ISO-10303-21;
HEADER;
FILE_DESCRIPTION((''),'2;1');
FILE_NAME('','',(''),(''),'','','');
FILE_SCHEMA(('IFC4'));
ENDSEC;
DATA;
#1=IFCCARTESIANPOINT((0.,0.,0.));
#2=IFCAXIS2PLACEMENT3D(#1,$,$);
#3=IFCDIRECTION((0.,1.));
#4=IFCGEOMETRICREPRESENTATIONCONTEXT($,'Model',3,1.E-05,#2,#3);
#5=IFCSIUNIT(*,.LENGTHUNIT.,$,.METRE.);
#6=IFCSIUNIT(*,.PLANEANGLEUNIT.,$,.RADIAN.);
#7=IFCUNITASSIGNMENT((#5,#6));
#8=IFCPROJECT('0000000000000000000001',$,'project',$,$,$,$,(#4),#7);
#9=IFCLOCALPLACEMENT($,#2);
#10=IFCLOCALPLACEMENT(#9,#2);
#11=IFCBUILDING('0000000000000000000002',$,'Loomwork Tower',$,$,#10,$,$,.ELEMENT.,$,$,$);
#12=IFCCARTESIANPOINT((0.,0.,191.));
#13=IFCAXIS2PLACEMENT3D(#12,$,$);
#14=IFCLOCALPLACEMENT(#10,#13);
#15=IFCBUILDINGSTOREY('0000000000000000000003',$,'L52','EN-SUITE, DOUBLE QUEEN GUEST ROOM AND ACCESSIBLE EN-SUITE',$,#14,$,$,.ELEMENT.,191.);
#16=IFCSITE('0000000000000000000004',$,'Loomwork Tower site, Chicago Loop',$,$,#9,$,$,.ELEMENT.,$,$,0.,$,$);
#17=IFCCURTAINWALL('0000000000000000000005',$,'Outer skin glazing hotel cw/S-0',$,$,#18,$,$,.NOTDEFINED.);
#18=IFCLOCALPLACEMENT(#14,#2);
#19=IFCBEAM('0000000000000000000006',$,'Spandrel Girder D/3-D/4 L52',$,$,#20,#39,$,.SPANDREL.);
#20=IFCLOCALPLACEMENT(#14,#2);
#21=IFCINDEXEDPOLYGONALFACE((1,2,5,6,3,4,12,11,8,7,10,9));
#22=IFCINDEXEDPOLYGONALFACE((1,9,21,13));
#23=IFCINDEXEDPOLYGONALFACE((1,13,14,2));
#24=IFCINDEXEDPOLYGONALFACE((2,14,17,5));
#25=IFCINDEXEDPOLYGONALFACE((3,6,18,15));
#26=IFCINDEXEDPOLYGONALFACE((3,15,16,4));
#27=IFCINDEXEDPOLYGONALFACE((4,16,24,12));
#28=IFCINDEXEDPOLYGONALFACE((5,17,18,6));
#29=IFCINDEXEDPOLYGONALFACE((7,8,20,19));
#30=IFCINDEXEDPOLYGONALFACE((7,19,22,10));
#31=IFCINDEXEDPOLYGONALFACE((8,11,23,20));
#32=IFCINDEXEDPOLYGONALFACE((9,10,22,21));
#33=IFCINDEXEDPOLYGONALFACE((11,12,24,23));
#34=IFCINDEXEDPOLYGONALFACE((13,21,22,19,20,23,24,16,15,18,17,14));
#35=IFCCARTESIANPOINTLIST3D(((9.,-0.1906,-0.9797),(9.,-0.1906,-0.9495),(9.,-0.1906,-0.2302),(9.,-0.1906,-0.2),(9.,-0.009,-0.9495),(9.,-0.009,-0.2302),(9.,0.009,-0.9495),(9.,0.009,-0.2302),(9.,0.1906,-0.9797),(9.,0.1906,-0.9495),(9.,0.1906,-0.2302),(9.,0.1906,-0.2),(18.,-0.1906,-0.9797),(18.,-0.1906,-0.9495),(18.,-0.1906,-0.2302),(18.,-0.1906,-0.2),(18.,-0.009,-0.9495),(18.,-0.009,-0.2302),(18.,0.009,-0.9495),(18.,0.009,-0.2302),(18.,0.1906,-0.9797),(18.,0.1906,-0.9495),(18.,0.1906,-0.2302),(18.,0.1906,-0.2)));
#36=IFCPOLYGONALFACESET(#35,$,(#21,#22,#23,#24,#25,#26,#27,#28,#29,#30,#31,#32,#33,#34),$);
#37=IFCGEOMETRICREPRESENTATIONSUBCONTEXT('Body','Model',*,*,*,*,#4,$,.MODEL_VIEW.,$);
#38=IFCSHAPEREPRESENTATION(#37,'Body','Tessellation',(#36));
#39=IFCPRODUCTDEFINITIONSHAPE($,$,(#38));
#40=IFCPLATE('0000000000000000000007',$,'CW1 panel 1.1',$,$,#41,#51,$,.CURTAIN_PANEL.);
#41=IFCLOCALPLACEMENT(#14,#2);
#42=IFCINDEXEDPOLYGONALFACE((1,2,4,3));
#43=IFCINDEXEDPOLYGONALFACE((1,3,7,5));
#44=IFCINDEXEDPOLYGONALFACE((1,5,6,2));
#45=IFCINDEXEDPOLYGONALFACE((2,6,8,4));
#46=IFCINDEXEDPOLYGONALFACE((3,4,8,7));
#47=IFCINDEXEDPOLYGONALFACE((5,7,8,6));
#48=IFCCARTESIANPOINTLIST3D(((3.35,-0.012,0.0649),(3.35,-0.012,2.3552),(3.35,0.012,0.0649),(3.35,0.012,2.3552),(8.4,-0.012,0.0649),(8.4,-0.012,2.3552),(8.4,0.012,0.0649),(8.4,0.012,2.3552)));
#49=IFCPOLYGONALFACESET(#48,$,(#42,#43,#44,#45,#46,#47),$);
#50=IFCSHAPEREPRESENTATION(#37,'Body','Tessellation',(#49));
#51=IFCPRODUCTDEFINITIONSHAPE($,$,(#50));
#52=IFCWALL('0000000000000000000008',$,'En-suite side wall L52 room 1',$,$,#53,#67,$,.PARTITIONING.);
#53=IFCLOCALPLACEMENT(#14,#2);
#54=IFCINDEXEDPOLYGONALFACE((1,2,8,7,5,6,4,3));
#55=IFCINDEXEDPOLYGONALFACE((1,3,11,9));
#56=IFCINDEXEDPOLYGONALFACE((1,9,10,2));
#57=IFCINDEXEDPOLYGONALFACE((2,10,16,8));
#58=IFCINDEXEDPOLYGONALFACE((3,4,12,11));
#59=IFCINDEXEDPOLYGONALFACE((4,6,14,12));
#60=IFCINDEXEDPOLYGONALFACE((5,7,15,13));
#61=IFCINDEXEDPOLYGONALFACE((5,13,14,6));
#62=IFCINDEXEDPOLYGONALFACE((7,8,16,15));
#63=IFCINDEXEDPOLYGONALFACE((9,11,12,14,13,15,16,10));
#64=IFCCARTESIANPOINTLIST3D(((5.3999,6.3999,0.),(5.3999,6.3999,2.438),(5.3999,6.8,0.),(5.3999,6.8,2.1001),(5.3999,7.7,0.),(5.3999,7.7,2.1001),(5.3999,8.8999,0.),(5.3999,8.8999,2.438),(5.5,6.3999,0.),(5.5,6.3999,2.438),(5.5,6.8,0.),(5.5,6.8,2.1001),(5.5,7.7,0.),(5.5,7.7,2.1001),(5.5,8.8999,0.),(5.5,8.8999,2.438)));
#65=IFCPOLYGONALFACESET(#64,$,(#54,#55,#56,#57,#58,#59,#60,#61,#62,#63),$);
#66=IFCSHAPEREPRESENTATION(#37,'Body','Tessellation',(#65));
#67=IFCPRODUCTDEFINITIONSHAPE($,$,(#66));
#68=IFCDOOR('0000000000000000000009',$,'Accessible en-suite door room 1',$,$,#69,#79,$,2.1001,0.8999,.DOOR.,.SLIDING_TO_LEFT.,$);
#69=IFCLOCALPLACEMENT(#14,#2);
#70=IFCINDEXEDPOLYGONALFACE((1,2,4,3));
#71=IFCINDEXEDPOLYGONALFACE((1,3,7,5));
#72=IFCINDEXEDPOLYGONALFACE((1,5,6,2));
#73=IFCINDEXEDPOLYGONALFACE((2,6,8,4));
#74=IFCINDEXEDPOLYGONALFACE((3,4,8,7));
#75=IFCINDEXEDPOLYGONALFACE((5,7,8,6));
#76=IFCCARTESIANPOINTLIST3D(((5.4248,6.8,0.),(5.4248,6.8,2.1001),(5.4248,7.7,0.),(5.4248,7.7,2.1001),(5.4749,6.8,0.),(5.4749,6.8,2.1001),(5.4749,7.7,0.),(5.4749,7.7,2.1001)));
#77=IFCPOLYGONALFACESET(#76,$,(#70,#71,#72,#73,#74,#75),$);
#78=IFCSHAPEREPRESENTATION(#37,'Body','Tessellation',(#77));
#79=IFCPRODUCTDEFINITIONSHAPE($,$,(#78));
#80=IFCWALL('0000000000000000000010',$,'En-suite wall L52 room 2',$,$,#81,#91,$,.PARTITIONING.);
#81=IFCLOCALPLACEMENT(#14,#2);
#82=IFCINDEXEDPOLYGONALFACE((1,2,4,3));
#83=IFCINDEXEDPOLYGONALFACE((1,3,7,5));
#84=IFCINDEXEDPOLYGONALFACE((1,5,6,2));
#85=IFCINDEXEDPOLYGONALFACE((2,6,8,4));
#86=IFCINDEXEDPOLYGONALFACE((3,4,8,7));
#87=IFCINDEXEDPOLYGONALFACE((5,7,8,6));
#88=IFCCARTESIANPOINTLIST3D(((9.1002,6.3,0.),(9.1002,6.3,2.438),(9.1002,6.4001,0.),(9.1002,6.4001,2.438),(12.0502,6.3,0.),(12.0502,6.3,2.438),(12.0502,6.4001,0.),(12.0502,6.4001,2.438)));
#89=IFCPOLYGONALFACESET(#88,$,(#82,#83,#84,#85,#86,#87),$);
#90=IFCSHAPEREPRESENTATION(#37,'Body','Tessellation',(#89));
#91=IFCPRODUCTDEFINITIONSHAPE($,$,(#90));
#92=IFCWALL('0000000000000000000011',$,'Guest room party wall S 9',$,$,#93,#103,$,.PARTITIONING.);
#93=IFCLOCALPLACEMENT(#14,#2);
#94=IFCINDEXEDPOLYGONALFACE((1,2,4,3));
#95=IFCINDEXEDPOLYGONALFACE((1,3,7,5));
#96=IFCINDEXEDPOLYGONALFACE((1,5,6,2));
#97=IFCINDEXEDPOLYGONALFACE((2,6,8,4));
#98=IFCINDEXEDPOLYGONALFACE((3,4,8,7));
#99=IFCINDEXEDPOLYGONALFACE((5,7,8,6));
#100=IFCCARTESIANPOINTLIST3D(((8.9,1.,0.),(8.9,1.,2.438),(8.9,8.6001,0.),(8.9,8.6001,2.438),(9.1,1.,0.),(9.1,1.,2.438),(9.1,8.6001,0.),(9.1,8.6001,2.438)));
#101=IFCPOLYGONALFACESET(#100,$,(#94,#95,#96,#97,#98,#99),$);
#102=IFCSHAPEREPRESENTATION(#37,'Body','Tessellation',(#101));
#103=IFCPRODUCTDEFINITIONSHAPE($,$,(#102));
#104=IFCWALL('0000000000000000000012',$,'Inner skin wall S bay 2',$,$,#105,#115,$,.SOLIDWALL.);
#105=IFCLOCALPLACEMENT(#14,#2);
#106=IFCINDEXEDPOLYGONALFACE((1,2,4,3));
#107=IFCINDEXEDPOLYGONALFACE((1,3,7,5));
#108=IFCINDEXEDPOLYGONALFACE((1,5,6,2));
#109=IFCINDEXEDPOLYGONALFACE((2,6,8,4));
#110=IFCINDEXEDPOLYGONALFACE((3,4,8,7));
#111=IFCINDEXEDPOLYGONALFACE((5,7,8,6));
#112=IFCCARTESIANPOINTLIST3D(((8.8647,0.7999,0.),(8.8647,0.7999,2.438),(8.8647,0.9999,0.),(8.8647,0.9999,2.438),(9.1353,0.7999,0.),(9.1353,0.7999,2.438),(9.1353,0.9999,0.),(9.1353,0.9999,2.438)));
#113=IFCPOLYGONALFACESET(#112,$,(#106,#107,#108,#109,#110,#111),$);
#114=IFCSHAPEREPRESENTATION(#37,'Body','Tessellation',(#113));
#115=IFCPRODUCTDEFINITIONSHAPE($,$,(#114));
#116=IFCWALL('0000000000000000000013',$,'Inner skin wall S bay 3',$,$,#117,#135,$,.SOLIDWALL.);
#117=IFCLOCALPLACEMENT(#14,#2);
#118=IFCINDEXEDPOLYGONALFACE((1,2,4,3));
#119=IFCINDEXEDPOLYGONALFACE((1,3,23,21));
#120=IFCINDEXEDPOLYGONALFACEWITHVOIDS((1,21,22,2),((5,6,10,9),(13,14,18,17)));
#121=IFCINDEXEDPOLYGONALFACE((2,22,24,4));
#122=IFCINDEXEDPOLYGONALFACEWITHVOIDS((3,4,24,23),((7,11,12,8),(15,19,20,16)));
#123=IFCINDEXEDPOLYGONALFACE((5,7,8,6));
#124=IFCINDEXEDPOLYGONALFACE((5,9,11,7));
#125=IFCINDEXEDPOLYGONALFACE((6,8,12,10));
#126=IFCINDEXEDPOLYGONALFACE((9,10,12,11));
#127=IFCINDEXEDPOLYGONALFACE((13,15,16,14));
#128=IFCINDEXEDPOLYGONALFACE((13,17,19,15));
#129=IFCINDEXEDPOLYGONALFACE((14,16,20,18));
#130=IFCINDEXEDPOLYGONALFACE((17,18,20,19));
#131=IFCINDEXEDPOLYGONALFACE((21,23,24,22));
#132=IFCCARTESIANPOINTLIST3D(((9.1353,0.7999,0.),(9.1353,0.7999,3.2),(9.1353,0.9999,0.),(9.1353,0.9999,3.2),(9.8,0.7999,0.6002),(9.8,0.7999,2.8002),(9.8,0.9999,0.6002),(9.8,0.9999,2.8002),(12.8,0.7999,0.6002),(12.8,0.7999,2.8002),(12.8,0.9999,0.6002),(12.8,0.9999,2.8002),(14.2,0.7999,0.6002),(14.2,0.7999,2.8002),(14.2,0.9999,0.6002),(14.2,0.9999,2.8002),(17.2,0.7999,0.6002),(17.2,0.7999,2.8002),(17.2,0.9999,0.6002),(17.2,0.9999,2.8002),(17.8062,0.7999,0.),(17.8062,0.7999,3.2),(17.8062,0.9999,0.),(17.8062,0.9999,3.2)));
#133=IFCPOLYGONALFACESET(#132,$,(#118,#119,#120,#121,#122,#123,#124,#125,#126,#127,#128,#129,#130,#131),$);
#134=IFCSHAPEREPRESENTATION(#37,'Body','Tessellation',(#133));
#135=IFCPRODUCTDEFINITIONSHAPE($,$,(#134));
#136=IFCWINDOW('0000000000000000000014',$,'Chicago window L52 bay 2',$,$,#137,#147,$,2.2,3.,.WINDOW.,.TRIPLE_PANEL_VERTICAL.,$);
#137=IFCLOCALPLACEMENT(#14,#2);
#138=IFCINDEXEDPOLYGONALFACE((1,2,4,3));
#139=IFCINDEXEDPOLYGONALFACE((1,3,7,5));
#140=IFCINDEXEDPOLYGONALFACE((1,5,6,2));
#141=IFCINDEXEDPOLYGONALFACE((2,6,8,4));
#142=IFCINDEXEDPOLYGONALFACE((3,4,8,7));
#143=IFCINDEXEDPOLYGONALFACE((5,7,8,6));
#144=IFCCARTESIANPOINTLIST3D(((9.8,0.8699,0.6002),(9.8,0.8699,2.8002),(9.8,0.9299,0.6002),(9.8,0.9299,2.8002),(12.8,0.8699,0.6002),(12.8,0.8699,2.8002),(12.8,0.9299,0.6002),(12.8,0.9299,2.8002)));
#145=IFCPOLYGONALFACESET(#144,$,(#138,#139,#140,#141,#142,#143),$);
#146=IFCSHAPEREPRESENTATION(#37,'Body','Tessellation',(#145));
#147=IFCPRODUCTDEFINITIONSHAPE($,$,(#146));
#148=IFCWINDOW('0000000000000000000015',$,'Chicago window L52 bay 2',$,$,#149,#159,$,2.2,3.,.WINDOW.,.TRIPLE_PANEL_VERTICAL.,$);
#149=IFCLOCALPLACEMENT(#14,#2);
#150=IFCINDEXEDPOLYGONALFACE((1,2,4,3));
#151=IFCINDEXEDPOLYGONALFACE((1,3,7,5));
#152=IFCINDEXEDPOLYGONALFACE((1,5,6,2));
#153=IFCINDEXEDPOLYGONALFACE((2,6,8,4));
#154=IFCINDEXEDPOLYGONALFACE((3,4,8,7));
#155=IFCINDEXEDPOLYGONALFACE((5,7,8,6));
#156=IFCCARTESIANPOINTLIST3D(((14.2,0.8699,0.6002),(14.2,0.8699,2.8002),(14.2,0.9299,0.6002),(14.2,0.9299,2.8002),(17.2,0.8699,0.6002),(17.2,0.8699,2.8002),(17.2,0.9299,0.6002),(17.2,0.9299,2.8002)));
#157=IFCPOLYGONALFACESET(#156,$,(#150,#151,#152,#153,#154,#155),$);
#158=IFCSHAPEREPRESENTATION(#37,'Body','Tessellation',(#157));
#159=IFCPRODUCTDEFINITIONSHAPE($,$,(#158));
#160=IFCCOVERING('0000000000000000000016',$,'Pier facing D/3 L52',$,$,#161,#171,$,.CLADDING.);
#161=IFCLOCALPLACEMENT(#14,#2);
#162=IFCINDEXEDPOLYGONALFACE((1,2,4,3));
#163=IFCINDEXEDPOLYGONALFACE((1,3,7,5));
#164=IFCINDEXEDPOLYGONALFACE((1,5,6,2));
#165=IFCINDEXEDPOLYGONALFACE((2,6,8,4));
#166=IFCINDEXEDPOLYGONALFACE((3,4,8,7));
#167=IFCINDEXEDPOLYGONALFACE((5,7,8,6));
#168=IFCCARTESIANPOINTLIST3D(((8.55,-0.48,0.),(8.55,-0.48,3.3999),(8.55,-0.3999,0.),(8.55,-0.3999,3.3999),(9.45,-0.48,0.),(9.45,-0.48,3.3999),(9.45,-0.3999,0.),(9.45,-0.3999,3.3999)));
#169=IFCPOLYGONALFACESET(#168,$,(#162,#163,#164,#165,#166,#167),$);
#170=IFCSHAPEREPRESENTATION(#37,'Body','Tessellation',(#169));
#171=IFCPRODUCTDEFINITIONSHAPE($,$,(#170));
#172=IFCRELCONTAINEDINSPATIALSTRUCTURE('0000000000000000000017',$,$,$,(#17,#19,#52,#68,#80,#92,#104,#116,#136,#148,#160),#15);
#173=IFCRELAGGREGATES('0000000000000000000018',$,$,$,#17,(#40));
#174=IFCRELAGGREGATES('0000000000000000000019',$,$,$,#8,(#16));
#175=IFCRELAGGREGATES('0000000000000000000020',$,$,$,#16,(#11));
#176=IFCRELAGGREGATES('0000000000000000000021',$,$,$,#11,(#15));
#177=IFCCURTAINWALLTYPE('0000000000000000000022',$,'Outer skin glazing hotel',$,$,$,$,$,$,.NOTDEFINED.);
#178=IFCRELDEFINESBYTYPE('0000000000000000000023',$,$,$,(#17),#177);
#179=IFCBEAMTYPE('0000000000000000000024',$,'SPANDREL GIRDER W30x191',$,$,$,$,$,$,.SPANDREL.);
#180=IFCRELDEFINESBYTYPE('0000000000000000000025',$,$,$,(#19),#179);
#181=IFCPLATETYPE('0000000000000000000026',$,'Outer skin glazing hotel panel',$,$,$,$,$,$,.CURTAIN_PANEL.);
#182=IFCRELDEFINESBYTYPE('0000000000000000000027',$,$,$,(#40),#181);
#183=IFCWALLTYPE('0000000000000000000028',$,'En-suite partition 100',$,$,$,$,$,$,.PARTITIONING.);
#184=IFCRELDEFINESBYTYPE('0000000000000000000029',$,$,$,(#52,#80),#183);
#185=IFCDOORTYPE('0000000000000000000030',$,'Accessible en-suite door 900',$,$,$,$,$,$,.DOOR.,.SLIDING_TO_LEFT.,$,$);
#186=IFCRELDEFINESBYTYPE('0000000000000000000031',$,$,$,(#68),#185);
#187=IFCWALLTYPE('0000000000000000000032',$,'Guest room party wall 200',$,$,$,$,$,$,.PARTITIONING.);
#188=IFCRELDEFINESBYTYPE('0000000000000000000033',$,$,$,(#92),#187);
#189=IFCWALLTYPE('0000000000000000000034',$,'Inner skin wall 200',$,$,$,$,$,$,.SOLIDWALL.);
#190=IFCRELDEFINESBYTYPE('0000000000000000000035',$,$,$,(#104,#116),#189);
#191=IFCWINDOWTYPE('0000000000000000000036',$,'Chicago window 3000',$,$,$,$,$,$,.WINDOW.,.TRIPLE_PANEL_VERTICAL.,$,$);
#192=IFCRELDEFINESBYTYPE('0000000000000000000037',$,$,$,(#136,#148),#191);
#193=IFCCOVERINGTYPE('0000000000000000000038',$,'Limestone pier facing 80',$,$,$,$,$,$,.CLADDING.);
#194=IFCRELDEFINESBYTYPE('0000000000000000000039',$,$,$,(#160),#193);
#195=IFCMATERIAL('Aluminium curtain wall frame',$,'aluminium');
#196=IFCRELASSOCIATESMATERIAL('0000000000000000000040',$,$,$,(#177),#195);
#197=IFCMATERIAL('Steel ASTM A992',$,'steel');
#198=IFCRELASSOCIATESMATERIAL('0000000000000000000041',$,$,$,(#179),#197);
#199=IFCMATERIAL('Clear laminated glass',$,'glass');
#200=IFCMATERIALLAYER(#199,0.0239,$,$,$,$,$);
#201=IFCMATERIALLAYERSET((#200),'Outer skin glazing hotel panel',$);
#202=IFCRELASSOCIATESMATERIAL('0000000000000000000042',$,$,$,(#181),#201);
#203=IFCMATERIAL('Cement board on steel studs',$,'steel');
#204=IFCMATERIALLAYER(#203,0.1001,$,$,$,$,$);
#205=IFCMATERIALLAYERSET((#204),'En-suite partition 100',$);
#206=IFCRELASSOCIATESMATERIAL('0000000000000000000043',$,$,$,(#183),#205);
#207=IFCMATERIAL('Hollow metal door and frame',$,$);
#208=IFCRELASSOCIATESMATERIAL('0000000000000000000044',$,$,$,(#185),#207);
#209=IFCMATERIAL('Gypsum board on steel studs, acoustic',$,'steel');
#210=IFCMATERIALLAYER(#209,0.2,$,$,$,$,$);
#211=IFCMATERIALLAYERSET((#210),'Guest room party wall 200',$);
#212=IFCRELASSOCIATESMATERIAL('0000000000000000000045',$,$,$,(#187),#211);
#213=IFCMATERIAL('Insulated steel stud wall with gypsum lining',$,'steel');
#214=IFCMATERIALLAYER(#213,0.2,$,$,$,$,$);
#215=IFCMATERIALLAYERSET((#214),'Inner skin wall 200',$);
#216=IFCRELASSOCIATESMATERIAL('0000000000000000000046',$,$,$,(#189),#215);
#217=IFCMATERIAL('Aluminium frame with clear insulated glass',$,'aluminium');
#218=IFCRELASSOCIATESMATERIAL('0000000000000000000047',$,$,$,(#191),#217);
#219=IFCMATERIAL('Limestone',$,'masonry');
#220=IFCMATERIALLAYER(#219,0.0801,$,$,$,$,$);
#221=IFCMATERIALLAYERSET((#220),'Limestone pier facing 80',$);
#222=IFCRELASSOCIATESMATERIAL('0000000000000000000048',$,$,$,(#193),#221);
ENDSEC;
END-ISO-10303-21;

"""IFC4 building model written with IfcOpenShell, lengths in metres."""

from ifc_helpers import new_model, si_unit, direction, frame, frame_2d, origin, origin_2d, place, context, subcontext, project, spatial, rectangle, i_section, extrude, material, layer, layer_set, material_profile, profile_set, type_object, element, fill, aggregate, save


model = new_model("IFC4")

# Units and contexts
model_context = context("Model", 3, precision=1e-05, world=origin(), true_north=direction((0.0, 1.0)))
body_context = subcontext(model_context, "Body", "Model", "MODEL_VIEW")
ifc_project = project(units=[si_unit("LENGTHUNIT", "METRE"), si_unit("PLANEANGLEUNIT", "RADIAN")], contexts=[model_context])

# Site, building, storey
site_placement = place(None, origin())
site = spatial("IfcSite", under=ifc_project, at=site_placement, Name="Loomwork Tower site, Chicago Loop", CompositionType="ELEMENT", RefElevation=0.0)
building_placement = place(site_placement, origin())
building = spatial("IfcBuilding", under=site, at=building_placement, Name="Loomwork Tower", CompositionType="ELEMENT")
storey_placement = place(building_placement, frame((0.0, 0.0, 191.0)))
storey = spatial("IfcBuildingStorey", under=building, at=storey_placement, Name="L52", Description="EN-SUITE, DOUBLE QUEEN GUEST ROOM AND ACCESSIBLE EN-SUITE", CompositionType="ELEMENT", Elevation=191.0)

# Curtain wall
ifc_material_1 = material(Name="Aluminium curtain wall frame", Category="aluminium")
curtain_wall_type = type_object("IfcCurtainWallType", Name="Outer skin glazing hotel", PredefinedType="NOTDEFINED", material=ifc_material_1)
curtain_wall_1_placement = place(storey_placement, origin())
curtain_wall_1 = element("IfcCurtainWall", 1, at=curtain_wall_1_placement, inside=storey, type_object=curtain_wall_type, Name="Outer skin glazing hotel cw/S-0", PredefinedType="NOTDEFINED")

# Beam
ifc_material_2 = material(Name="Steel ASTM A992", Category="steel")
ifc_material_profile_1 = material_profile(ifc_material_2, i_section(OverallWidth=0.3811, OverallDepth=0.7798, WebThickness=0.0181, FlangeThickness=0.0303, at=origin_2d()), Name="W30x191")
ifc_profile_set_1 = profile_set([ifc_material_profile_1], Name="Steel ASTM A992")
beam_type_1 = type_object("IfcBeamType", Name="SPANDREL GIRDER W30x191", PredefinedType="SPANDREL", material=ifc_profile_set_1)
beam_1_placement = place(storey_placement, frame((9.0, 0.0, -0.5898), z_axis=(1.0, 0.0, 0.0), x_axis=(0.0, 1.0, 0.0)))
element("IfcBeam", 2, at=beam_1_placement, inside=storey, type_object=beam_type_1, Name="Spandrel Girder D/3-D/4 L52", PredefinedType="SPANDREL", context=body_context, shape_type="SweptSolid", body=[
    extrude(i_section(OverallWidth=0.3811, OverallDepth=0.7798, WebThickness=0.0181, FlangeThickness=0.0303, at=origin_2d()), origin(), (0.0, 0.0, 1.0), 9.0),
])

# Plate
ifc_material_3 = material(Name="Clear laminated glass", Category="glass")
ifc_layer_1 = layer(ifc_material_3, 0.0239)
ifc_layer_set_1 = layer_set([ifc_layer_1], Name="Outer skin glazing hotel panel")
plate_type = type_object("IfcPlateType", Name="Outer skin glazing hotel panel", PredefinedType="CURTAIN_PANEL", material=ifc_layer_set_1)
plate_placement = place(storey_placement, frame((5.875, 0.0, 0.0649), z_axis=(0.0, 0.0, 1.0), x_axis=(1.0, 0.0, 0.0)))
plate = element("IfcPlate", 3, at=plate_placement, type_object=plate_type, Name="CW1 panel 1.1", PredefinedType="CURTAIN_PANEL", context=body_context, shape_type="SweptSolid", body=[
    extrude(rectangle(XDim=5.05, YDim=0.0239, at=origin_2d()), origin(), (0.0, 0.0, 1.0), 2.2903),
])
aggregate(curtain_wall_1, [plate])

# Wall, opening, door
ifc_material_4 = material(Name="Cement board on steel studs", Category="steel")
ifc_layer_2 = layer(ifc_material_4, 0.1001)
ifc_layer_set_2 = layer_set([ifc_layer_2], Name="En-suite partition 100")
wall_type_1 = type_object("IfcWallType", Name="En-suite partition 100", PredefinedType="PARTITIONING", material=ifc_layer_set_2)
wall_1_placement = place(storey_placement, frame((5.45, 8.8999, 0.0), z_axis=(0.0, 0.0, 1.0), x_axis=(0.0, -1.0, 0.0)))
wall_1 = element("IfcWall", 4, at=wall_1_placement, inside=storey, type_object=wall_type_1, Name="En-suite side wall L52 room 1", PredefinedType="PARTITIONING", context=body_context, shape_type="SweptSolid", body=[
    extrude(rectangle(XDim=2.5, YDim=0.1001, at=frame_2d((1.25, 0.0))), origin(), (0.0, 0.0, 1.0), 2.438),
])
opening_1_placement = place(wall_1_placement, frame((1.2, 0.0, 0.0)))
opening_1 = element("IfcOpeningElement", 5, at=opening_1_placement, cuts=wall_1, PredefinedType="OPENING", context=body_context, shape_type="SweptSolid", body=[
    extrude(rectangle(XDim=0.8999, YDim=2.1001, at=frame_2d((0.45, 1.05))), frame((0.0, 0.0601, 0.0), z_axis=(0.0, -1.0, 0.0), x_axis=(1.0, 0.0, 0.0)), (0.0, 0.0, 1.0), 0.1201),
])
ifc_material_5 = material(Name="Hollow metal door and frame")
door_type = type_object("IfcDoorType", Name="Accessible en-suite door 900", OperationType="SLIDING_TO_LEFT", PredefinedType="DOOR", material=ifc_material_5)
door_placement = place(opening_1_placement, origin())
door = element("IfcDoor", 6, at=door_placement, inside=storey, type_object=door_type, Name="Accessible en-suite door room 1", OperationType="SLIDING_TO_LEFT", OverallHeight=2.1001, OverallWidth=0.8999, PredefinedType="DOOR", context=body_context, shape_type="SweptSolid", body=[
    extrude(rectangle(XDim=0.8999, YDim=2.1001, at=frame_2d((0.45, 1.05))), frame((0.0, 0.0249, 0.0), z_axis=(0.0, -1.0, 0.0), x_axis=(1.0, 0.0, 0.0)), (0.0, 0.0, 1.0), 0.05),
])
fill(opening_1, door)

# Walls
wall_2_placement = place(storey_placement, frame((9.1001, 6.3501, 0.0), z_axis=(0.0, 0.0, 1.0), x_axis=(1.0, 0.0, 0.0)))
element("IfcWall", 7, at=wall_2_placement, inside=storey, type_object=wall_type_1, Name="En-suite wall L52 room 2", PredefinedType="PARTITIONING", context=body_context, shape_type="SweptSolid", body=[
    extrude(rectangle(XDim=2.95, YDim=0.1001, at=frame_2d((1.4751, 0.0))), origin(), (0.0, 0.0, 1.0), 2.438),
])
ifc_material_6 = material(Name="Gypsum board on steel studs, acoustic", Category="steel")
ifc_layer_3 = layer(ifc_material_6, 0.2)
ifc_layer_set_3 = layer_set([ifc_layer_3], Name="Guest room party wall 200")
wall_type_2 = type_object("IfcWallType", Name="Guest room party wall 200", PredefinedType="PARTITIONING", material=ifc_layer_set_3)
wall_3_placement = place(storey_placement, frame((9.0, 8.6001, 0.0), z_axis=(0.0, 0.0, 1.0), x_axis=(0.0, -1.0, 0.0)))
element("IfcWall", 8, at=wall_3_placement, inside=storey, type_object=wall_type_2, Name="Guest room party wall S 9", PredefinedType="PARTITIONING", context=body_context, shape_type="SweptSolid", body=[
    extrude(rectangle(XDim=7.6001, YDim=0.2, at=frame_2d((3.8, 0.0))), origin(), (0.0, 0.0, 1.0), 2.438),
])
ifc_material_7 = material(Name="Insulated steel stud wall with gypsum lining", Category="steel")
ifc_layer_4 = layer(ifc_material_7, 0.2)
ifc_layer_set_4 = layer_set([ifc_layer_4], Name="Inner skin wall 200")
wall_type_3 = type_object("IfcWallType", Name="Inner skin wall 200", PredefinedType="SOLIDWALL", material=ifc_layer_set_4)
wall_4_placement = place(storey_placement, frame((8.8647, 0.8999, 0.0), z_axis=(0.0, 0.0, 1.0), x_axis=(1.0, 0.0, 0.0)))
element("IfcWall", 9, at=wall_4_placement, inside=storey, type_object=wall_type_3, Name="Inner skin wall S bay 2", PredefinedType="SOLIDWALL", context=body_context, shape_type="SweptSolid", body=[
    extrude(rectangle(XDim=0.2705, YDim=0.2, at=frame_2d((0.1353, 0.0))), origin(), (0.0, 0.0, 1.0), 2.438),
])

# Wall, openings, windows
wall_5_placement = place(storey_placement, frame((9.1353, 0.8999, 0.0), z_axis=(0.0, 0.0, 1.0), x_axis=(1.0, 0.0, 0.0)))
wall_5 = element("IfcWall", 10, at=wall_5_placement, inside=storey, type_object=wall_type_3, Name="Inner skin wall S bay 3", PredefinedType="SOLIDWALL", context=body_context, shape_type="SweptSolid", body=[
    extrude(rectangle(XDim=8.6709, YDim=0.2, at=frame_2d((4.3354, 0.0))), origin(), (0.0, 0.0, 1.0), 3.2),
])
opening_2_placement = place(wall_5_placement, frame((0.6648, 0.0, 0.6001)))
opening_2 = element("IfcOpeningElement", 11, at=opening_2_placement, cuts=wall_5, PredefinedType="OPENING", context=body_context, shape_type="SweptSolid", body=[
    extrude(rectangle(XDim=3.0, YDim=2.2, at=frame_2d((1.5, 1.1001))), frame((0.0, 0.1099, 0.0), z_axis=(0.0, -1.0, 0.0), x_axis=(1.0, 0.0, 0.0)), (0.0, 0.0, 1.0), 0.22),
])
opening_3_placement = place(wall_5_placement, frame((5.0647, 0.0, 0.6001)))
opening_3 = element("IfcOpeningElement", 12, at=opening_3_placement, cuts=wall_5, PredefinedType="OPENING", context=body_context, shape_type="SweptSolid", body=[
    extrude(rectangle(XDim=3.0, YDim=2.2, at=frame_2d((1.5, 1.1001))), frame((0.0, 0.1099, 0.0), z_axis=(0.0, -1.0, 0.0), x_axis=(1.0, 0.0, 0.0)), (0.0, 0.0, 1.0), 0.22),
])
ifc_material_8 = material(Name="Aluminium frame with clear insulated glass", Category="aluminium")
window_type = type_object("IfcWindowType", Name="Chicago window 3000", PartitioningType="TRIPLE_PANEL_VERTICAL", PredefinedType="WINDOW", material=ifc_material_8)
window_1_placement = place(opening_2_placement, origin())
window_1 = element("IfcWindow", 13, at=window_1_placement, inside=storey, type_object=window_type, Name="Chicago window L52 bay 2", OverallHeight=2.2, OverallWidth=3.0, PartitioningType="TRIPLE_PANEL_VERTICAL", PredefinedType="WINDOW", context=body_context, shape_type="SweptSolid", body=[
    extrude(rectangle(XDim=3.0, YDim=2.2, at=frame_2d((1.5, 1.1001))), frame((0.0, 0.03, 0.0), z_axis=(0.0, -1.0, 0.0), x_axis=(1.0, 0.0, 0.0)), (0.0, 0.0, 1.0), 0.0601),
])
fill(opening_2, window_1)
window_2_placement = place(opening_3_placement, origin())
window_2 = element("IfcWindow", 14, at=window_2_placement, inside=storey, type_object=window_type, Name="Chicago window L52 bay 2", OverallHeight=2.2, OverallWidth=3.0, PartitioningType="TRIPLE_PANEL_VERTICAL", PredefinedType="WINDOW", context=body_context, shape_type="SweptSolid", body=[
    extrude(rectangle(XDim=3.0, YDim=2.2, at=frame_2d((1.5, 1.1001))), frame((0.0, 0.03, 0.0), z_axis=(0.0, -1.0, 0.0), x_axis=(1.0, 0.0, 0.0)), (0.0, 0.0, 1.0), 0.0601),
])
fill(opening_3, window_2)

# Covering
ifc_material_9 = material(Name="Limestone", Category="masonry")
ifc_layer_5 = layer(ifc_material_9, 0.0801)
ifc_layer_set_5 = layer_set([ifc_layer_5], Name="Limestone pier facing 80")
covering_type = type_object("IfcCoveringType", Name="Limestone pier facing 80", PredefinedType="CLADDING", material=ifc_layer_set_5)
covering_placement = place(storey_placement, frame((9.0, -0.4399, 0.0), z_axis=(0.0, 0.0, 1.0), x_axis=(1.0, 0.0, 0.0)))
element("IfcCovering", 15, at=covering_placement, inside=storey, type_object=covering_type, Name="Pier facing D/3 L52", PredefinedType="CLADDING", context=body_context, shape_type="SweptSolid", body=[
    extrude(rectangle(XDim=0.8999, YDim=0.0801, at=origin_2d()), origin(), (0.0, 0.0, 1.0), 3.3999),
])

save(model, "model.ifc")
